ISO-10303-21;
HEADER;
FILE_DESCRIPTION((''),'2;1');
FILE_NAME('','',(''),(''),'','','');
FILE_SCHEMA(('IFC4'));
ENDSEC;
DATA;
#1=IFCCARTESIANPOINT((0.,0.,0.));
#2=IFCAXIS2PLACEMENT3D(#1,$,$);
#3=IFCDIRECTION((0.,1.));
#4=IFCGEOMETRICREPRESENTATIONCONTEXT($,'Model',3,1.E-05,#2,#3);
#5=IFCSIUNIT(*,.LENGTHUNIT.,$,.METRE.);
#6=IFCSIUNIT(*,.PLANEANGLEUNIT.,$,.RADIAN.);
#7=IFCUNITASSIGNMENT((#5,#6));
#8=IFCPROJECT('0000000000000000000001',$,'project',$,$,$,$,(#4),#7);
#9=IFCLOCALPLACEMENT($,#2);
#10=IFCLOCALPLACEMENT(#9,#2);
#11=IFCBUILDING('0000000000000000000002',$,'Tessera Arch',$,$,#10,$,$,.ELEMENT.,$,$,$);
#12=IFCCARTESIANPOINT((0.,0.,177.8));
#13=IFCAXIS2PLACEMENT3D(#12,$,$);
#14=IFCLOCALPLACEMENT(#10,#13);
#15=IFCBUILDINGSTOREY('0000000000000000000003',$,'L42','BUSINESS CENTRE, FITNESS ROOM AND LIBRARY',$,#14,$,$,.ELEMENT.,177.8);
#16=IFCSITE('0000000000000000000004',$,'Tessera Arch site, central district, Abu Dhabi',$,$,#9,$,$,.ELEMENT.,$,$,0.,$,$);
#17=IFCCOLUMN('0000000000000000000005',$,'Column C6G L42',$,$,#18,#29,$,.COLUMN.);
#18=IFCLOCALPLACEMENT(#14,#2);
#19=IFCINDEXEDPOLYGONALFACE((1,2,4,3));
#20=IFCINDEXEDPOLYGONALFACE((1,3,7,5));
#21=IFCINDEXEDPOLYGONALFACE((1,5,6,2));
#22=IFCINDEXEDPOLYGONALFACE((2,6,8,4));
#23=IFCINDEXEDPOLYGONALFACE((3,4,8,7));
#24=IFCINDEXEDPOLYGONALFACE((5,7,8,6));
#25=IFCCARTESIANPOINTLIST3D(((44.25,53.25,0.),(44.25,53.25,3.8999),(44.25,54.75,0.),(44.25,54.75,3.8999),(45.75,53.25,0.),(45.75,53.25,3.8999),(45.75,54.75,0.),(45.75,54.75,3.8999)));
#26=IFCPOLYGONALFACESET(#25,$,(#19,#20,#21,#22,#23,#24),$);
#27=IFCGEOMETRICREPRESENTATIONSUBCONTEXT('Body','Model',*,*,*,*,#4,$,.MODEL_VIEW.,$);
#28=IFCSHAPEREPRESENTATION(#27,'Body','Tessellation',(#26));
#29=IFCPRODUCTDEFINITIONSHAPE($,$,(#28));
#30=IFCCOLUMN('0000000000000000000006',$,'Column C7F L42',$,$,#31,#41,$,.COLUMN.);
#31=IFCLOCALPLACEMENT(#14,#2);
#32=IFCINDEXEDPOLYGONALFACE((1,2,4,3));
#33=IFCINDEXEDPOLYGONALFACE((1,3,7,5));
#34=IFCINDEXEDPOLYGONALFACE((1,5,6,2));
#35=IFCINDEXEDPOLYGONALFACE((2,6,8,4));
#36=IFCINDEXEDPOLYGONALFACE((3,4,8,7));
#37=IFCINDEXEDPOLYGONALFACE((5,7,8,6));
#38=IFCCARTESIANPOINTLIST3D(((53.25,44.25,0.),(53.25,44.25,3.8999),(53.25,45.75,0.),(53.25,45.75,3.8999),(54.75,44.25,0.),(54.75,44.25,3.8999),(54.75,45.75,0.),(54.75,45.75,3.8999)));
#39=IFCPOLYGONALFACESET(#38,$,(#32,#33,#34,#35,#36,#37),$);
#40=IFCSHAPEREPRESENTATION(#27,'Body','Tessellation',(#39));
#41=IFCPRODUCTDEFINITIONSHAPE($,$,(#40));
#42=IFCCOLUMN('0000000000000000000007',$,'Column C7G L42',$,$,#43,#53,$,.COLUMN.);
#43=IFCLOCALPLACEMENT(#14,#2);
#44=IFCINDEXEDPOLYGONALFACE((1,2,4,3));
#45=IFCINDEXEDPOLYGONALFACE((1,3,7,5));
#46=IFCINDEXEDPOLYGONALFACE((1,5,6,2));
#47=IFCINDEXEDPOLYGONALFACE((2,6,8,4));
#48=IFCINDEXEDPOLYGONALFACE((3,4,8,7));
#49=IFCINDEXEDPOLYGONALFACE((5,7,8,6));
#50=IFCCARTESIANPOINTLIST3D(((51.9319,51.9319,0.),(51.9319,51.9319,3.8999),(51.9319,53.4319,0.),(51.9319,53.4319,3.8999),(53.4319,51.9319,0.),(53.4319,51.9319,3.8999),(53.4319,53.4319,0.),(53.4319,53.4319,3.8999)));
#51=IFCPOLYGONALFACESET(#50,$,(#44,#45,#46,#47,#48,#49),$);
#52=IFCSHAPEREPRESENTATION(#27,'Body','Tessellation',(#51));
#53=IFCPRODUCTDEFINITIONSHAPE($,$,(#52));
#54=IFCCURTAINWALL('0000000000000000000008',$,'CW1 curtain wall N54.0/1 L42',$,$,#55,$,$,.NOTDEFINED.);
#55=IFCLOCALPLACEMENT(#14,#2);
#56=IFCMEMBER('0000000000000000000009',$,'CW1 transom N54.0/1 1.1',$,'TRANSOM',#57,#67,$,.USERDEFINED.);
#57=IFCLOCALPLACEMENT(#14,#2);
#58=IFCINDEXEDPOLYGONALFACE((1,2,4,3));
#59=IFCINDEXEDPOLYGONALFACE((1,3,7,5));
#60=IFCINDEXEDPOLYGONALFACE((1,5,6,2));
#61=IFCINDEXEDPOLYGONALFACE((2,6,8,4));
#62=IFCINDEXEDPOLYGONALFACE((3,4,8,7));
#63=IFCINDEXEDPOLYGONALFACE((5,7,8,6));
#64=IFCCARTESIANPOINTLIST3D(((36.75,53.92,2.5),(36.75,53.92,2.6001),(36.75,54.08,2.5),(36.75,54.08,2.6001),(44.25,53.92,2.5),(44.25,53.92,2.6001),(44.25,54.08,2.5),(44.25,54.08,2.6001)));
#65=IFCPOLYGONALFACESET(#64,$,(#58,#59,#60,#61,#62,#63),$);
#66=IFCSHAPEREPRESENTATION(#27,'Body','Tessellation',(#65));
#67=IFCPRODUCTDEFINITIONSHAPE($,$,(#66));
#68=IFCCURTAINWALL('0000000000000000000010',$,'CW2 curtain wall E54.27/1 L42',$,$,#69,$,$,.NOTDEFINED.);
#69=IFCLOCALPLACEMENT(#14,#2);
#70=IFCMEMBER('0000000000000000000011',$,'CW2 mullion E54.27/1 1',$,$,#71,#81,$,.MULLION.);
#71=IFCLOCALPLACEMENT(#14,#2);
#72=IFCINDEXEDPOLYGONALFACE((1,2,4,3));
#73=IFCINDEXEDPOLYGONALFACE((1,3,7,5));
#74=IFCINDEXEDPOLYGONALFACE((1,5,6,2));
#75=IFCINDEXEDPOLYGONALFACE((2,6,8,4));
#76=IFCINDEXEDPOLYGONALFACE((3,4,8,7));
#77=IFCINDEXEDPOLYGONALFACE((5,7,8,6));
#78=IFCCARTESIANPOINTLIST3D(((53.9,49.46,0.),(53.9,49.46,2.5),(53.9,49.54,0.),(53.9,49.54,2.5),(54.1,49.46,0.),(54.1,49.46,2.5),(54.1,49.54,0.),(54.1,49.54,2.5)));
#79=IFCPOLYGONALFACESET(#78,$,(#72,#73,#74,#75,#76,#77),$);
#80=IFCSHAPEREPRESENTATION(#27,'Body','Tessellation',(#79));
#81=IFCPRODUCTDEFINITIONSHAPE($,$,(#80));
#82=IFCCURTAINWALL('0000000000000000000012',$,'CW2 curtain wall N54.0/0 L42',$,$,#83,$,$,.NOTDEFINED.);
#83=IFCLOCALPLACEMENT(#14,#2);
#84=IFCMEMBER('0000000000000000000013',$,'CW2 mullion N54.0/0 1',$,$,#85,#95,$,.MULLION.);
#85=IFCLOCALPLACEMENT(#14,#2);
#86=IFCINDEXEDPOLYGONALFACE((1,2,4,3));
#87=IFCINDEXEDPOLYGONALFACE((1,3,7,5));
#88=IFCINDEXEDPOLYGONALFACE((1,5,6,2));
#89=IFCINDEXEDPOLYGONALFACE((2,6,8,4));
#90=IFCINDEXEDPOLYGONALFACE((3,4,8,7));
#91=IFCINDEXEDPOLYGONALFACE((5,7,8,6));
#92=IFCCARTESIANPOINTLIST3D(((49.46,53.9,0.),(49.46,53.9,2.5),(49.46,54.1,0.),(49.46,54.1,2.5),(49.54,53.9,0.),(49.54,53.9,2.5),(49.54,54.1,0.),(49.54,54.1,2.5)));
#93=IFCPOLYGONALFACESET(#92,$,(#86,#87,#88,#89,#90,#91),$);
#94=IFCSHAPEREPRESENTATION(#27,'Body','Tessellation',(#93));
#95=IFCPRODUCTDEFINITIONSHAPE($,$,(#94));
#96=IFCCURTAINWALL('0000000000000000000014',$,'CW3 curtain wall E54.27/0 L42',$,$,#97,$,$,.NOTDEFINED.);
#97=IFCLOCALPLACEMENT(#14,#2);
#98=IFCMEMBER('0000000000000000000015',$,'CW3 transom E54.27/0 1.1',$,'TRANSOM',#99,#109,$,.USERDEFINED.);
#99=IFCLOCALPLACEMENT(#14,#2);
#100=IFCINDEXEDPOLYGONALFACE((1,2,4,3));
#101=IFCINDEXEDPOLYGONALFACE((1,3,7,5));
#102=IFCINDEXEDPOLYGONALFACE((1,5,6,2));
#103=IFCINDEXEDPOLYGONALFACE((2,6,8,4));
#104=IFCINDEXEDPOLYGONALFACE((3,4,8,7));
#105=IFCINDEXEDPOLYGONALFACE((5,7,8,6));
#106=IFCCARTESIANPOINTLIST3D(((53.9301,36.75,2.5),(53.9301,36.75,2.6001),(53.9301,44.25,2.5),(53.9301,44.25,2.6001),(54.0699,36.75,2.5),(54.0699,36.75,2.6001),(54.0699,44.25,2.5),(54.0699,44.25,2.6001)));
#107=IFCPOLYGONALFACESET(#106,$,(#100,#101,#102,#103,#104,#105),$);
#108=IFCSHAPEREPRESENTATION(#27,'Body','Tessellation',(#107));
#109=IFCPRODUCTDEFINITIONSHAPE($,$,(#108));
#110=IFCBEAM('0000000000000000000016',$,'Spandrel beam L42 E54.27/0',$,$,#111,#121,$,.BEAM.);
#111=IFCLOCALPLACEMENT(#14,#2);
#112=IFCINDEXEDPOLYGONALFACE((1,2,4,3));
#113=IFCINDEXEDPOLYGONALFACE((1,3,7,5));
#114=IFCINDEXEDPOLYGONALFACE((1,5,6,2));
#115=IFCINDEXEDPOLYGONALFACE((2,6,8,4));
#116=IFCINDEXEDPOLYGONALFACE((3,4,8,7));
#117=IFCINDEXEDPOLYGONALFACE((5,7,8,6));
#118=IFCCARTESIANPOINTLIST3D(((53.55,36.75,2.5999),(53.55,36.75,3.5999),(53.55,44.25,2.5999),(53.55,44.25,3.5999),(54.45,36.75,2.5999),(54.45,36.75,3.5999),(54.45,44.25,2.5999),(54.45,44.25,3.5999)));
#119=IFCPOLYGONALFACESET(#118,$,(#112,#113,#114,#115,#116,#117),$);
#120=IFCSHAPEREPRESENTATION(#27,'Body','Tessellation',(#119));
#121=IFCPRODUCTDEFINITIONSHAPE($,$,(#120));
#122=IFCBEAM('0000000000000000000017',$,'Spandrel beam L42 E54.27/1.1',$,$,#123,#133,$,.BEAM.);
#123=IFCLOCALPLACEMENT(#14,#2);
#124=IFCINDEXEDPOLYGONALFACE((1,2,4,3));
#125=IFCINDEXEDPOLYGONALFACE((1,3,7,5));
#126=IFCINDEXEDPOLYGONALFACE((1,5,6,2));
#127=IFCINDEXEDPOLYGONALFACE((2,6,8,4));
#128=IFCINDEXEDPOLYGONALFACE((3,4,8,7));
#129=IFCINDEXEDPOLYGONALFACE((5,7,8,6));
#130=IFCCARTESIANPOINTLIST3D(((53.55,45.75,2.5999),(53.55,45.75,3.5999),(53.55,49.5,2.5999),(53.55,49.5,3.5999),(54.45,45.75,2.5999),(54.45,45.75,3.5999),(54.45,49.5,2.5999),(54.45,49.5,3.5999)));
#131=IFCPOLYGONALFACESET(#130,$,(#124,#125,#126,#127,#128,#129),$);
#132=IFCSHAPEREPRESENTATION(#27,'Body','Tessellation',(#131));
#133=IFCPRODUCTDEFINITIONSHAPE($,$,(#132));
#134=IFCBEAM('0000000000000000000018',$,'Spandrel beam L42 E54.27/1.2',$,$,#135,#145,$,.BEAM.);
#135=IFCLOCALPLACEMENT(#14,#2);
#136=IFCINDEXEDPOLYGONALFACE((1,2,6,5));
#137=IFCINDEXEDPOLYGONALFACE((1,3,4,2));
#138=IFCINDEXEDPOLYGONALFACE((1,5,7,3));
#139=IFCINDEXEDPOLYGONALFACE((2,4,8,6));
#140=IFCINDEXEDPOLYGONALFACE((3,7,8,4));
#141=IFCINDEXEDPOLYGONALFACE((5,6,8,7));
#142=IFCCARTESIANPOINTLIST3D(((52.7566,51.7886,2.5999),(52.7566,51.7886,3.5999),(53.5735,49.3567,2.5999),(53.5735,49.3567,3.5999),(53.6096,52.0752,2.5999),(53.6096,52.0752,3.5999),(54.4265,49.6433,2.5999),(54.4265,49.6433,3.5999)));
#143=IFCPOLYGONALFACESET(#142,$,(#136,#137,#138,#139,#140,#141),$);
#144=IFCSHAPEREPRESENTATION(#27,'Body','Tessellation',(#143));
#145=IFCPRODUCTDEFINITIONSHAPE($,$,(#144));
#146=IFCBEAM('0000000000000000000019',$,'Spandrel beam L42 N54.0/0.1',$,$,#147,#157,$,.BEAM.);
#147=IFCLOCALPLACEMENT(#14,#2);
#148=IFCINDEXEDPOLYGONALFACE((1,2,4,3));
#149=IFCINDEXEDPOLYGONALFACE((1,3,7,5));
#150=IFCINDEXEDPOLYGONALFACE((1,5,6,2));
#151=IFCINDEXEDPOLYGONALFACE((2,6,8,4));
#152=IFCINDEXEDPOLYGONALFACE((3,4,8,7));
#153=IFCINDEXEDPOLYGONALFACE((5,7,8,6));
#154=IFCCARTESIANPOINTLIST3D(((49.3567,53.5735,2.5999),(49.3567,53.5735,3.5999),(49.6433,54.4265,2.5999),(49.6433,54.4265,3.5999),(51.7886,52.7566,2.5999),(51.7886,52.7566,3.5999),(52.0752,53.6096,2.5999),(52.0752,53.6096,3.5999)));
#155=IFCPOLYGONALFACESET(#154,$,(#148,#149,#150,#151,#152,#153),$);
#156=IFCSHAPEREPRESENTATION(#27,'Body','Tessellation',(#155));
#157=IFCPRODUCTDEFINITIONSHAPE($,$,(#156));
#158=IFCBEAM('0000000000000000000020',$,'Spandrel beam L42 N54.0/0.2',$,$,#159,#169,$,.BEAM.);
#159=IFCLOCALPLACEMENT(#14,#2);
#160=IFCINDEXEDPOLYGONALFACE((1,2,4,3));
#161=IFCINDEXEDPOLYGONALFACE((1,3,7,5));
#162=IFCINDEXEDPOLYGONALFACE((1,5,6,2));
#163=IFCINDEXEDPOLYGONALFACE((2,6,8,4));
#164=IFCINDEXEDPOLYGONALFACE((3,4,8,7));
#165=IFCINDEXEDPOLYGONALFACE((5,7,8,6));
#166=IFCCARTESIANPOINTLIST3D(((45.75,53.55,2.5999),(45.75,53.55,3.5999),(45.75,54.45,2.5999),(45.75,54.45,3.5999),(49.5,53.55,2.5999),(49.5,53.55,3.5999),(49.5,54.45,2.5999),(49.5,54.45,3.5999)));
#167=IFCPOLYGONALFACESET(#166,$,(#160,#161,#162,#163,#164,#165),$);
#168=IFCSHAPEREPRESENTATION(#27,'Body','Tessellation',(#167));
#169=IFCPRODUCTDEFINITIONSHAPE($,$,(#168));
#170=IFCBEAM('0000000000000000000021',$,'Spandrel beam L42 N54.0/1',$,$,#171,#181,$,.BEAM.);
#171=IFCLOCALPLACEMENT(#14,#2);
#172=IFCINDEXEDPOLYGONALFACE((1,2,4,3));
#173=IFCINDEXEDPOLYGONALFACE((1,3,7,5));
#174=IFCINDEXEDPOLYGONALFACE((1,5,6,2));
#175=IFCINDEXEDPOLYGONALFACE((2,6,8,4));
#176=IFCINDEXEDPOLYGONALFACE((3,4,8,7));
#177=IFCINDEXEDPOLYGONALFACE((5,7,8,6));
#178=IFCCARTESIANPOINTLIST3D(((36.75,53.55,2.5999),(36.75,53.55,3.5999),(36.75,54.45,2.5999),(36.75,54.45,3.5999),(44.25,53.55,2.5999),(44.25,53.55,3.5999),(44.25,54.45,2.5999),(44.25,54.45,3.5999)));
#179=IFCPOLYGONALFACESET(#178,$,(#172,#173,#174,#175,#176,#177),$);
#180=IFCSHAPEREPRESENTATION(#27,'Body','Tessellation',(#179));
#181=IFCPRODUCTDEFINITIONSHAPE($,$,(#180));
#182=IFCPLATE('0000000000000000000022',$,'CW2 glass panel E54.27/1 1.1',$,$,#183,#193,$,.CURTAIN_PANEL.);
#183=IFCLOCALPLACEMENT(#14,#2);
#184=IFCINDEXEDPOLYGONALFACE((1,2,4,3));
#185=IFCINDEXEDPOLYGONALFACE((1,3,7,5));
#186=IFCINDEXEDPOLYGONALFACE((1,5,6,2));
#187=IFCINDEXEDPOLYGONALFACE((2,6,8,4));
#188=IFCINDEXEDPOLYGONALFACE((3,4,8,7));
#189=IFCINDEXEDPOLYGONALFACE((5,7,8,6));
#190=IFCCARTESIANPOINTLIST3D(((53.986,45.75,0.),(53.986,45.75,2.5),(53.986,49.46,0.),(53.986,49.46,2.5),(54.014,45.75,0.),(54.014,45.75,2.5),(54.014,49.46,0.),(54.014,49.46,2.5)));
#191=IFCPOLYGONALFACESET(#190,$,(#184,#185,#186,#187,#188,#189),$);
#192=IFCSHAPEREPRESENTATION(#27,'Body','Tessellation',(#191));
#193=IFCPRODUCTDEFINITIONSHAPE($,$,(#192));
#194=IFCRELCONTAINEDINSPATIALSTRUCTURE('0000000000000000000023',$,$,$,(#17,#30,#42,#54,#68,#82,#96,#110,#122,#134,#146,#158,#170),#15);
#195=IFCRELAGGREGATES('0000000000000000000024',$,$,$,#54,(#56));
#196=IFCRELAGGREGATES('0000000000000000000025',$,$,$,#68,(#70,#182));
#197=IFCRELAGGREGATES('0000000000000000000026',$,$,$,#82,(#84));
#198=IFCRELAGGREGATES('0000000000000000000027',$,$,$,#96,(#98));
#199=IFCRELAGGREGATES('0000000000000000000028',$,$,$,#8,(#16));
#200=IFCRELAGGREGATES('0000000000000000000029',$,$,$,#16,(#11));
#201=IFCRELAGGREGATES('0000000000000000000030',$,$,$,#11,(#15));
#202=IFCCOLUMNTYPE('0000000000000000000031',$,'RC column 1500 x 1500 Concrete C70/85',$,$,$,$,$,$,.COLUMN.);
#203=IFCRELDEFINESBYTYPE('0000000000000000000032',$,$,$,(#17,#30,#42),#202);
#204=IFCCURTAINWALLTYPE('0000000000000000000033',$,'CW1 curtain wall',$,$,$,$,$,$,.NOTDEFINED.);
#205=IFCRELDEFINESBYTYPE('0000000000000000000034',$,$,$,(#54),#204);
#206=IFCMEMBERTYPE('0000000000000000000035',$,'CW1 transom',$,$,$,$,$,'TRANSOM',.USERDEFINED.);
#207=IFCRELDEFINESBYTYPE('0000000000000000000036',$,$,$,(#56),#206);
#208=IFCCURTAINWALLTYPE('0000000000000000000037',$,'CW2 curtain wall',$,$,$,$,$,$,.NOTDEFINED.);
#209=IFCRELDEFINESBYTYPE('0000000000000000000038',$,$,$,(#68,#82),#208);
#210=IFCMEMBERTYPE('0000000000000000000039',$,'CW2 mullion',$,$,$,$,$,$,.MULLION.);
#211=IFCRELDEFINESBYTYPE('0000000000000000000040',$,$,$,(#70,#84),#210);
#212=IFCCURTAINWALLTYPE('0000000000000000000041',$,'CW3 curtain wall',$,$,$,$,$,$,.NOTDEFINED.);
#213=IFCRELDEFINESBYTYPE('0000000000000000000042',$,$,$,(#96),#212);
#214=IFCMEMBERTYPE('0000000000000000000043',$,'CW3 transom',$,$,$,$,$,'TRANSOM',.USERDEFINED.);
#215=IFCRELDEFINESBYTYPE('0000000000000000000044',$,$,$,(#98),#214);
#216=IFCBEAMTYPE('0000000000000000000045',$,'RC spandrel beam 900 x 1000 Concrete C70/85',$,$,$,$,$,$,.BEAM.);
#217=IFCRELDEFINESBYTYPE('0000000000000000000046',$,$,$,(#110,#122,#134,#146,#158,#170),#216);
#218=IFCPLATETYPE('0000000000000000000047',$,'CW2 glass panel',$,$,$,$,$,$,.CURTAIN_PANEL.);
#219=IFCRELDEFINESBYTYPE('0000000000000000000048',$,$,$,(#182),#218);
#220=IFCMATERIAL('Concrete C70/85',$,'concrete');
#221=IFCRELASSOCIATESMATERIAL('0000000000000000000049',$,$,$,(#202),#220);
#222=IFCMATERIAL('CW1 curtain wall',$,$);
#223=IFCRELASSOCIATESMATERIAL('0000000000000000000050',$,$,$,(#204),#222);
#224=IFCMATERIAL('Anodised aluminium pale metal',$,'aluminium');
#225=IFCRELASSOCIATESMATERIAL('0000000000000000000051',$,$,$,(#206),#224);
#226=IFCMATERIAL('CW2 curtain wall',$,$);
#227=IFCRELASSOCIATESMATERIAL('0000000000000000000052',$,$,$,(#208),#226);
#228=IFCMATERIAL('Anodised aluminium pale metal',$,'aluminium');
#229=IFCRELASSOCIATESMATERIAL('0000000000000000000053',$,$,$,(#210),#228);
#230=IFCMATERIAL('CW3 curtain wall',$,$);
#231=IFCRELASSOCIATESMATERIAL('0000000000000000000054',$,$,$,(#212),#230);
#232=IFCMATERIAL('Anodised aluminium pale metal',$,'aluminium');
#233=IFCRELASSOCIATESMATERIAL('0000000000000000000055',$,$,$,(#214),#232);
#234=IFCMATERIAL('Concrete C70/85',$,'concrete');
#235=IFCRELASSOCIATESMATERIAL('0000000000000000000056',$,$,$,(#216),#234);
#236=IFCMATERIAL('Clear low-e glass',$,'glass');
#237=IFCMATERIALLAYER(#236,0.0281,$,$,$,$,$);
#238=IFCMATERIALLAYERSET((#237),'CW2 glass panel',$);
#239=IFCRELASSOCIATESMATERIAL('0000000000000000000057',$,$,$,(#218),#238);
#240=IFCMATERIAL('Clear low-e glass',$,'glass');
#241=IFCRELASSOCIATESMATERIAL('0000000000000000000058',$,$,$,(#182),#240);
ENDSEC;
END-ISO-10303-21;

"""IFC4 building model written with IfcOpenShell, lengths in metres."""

from ifc_helpers import new_model, si_unit, direction, frame, origin, origin_2d, place, context, subcontext, project, spatial, rectangle, extrude, material, layer, layer_set, material_profile, profile_set, type_object, element, aggregate, save


model = new_model("IFC4")

# Units and contexts
model_context = context("Model", 3, precision=1e-05, world=origin(), true_north=direction((0.0, 1.0)))
body_context = subcontext(model_context, "Body", "Model", "MODEL_VIEW")
ifc_project = project(units=[si_unit("LENGTHUNIT", "METRE"), si_unit("PLANEANGLEUNIT", "RADIAN")], contexts=[model_context])

# Site, building, storey
site_placement = place(None, origin())
site = spatial("IfcSite", under=ifc_project, at=site_placement, Name="Tessera Arch site, central district, Abu Dhabi", CompositionType="ELEMENT", RefElevation=0.0)
building_placement = place(site_placement, origin())
building = spatial("IfcBuilding", under=site, at=building_placement, Name="Tessera Arch", CompositionType="ELEMENT")
storey_placement = place(building_placement, frame((0.0, 0.0, 177.8)))
storey = spatial("IfcBuildingStorey", under=building, at=storey_placement, Name="L42", Description="BUSINESS CENTRE, FITNESS ROOM AND LIBRARY", CompositionType="ELEMENT", Elevation=177.8)

# Columns
ifc_material_1 = material(Name="Concrete C70/85", Category="concrete")
ifc_material_profile_1 = material_profile(ifc_material_1, rectangle(XDim=1.5, YDim=1.5, at=origin_2d()), Name="RC column 1500 x 1500 Concrete C70/85")
ifc_profile_set_1 = profile_set([ifc_material_profile_1], Name="Concrete C70/85")
column_type = type_object("IfcColumnType", Name="RC column 1500 x 1500 Concrete C70/85", PredefinedType="COLUMN", material=ifc_profile_set_1)
for number, where, z_axis, x_axis, name in (
    (1, (45.0, 54.0, 0.0), (0.0, 0.0, 1.0), (1.0, 0.0, 0.0), "Column C6G L42"),
    (2, (54.0, 45.0, 0.0), (0.0, 0.0, 1.0), (1.0, 0.0, 0.0), "Column C7F L42"),
    (3, (52.6819, 52.6819, 0.0), (0.0, 0.0, 1.0), (1.0, 0.0, 0.0), "Column C7G L42"),
):
    element("IfcColumn", number, at=place(storey_placement, frame(where, z_axis=z_axis, x_axis=x_axis)), inside=storey, type_object=column_type, Name=name, PredefinedType="COLUMN", context=body_context, shape_type="SweptSolid", body=[
        extrude(rectangle(XDim=1.5, YDim=1.5, at=origin_2d()), origin(), (0.0, 0.0, 1.0), 3.8999),
    ])

# Curtain walls, members
ifc_material_2 = material(Name="CW1 curtain wall")
curtain_wall_type_1 = type_object("IfcCurtainWallType", Name="CW1 curtain wall", PredefinedType="NOTDEFINED", material=ifc_material_2)
curtain_wall_1_placement = place(storey_placement, origin())
curtain_wall_1 = element("IfcCurtainWall", 4, at=curtain_wall_1_placement, inside=storey, type_object=curtain_wall_type_1, Name="CW1 curtain wall N54.0/1 L42", PredefinedType="NOTDEFINED")
ifc_material_3 = material(Name="Anodised aluminium pale metal", Category="aluminium")
ifc_material_profile_2 = material_profile(ifc_material_3, rectangle(XDim=0.1599, YDim=0.1001, at=origin_2d()), Name="AL 160x100")
ifc_profile_set_2 = profile_set([ifc_material_profile_2], Name="Anodised aluminium pale metal")
member_type_1 = type_object("IfcMemberType", Name="CW1 transom", ElementType="TRANSOM", PredefinedType="USERDEFINED", material=ifc_profile_set_2)
member_1_placement = place(storey_placement, frame((44.25, 54.0, 2.55), z_axis=(-1.0, 0.0, 0.0), x_axis=(0.0, -1.0, 0.0)))
member_1 = element("IfcMember", 5, at=member_1_placement, type_object=member_type_1, Name="CW1 transom N54.0/1 1.1", ObjectType="TRANSOM", PredefinedType="USERDEFINED", context=body_context, shape_type="SweptSolid", body=[
    extrude(rectangle(XDim=0.1599, YDim=0.1001, at=origin_2d()), origin(), (0.0, 0.0, 1.0), 7.5),
])
aggregate(curtain_wall_1, [member_1])
ifc_material_4 = material(Name="CW2 curtain wall")
curtain_wall_type_2 = type_object("IfcCurtainWallType", Name="CW2 curtain wall", PredefinedType="NOTDEFINED", material=ifc_material_4)
curtain_wall_2_placement = place(storey_placement, origin())
curtain_wall_2 = element("IfcCurtainWall", 6, at=curtain_wall_2_placement, inside=storey, type_object=curtain_wall_type_2, Name="CW2 curtain wall E54.27/1 L42", PredefinedType="NOTDEFINED")
ifc_material_5 = material(Name="Anodised aluminium pale metal", Category="aluminium")
ifc_material_profile_3 = material_profile(ifc_material_5, rectangle(XDim=0.2, YDim=0.0801, at=origin_2d()), Name="AL 80x200")
ifc_profile_set_3 = profile_set([ifc_material_profile_3], Name="Anodised aluminium pale metal")
member_type_2 = type_object("IfcMemberType", Name="CW2 mullion", PredefinedType="MULLION", material=ifc_profile_set_3)
member_2_placement = place(storey_placement, frame((54.0, 49.5, 0.0), z_axis=(0.0, 0.0, 1.0), x_axis=(-1.0, 0.0, 0.0)))
member_2 = element("IfcMember", 7, at=member_2_placement, type_object=member_type_2, Name="CW2 mullion E54.27/1 1", PredefinedType="MULLION", context=body_context, shape_type="SweptSolid", body=[
    extrude(rectangle(XDim=0.2, YDim=0.0801, at=origin_2d()), origin(), (0.0, 0.0, 1.0), 2.5),
])
curtain_wall_3_placement = place(storey_placement, origin())
curtain_wall_3 = element("IfcCurtainWall", 8, at=curtain_wall_3_placement, inside=storey, type_object=curtain_wall_type_2, Name="CW2 curtain wall N54.0/0 L42", PredefinedType="NOTDEFINED")
member_3_placement = place(storey_placement, frame((49.5, 54.0, 0.0), z_axis=(0.0, 0.0, 1.0), x_axis=(0.0, -1.0, 0.0)))
member_3 = element("IfcMember", 9, at=member_3_placement, type_object=member_type_2, Name="CW2 mullion N54.0/0 1", PredefinedType="MULLION", context=body_context, shape_type="SweptSolid", body=[
    extrude(rectangle(XDim=0.2, YDim=0.0801, at=origin_2d()), origin(), (0.0, 0.0, 1.0), 2.5),
])
ifc_material_6 = material(Name="CW3 curtain wall")
curtain_wall_type_3 = type_object("IfcCurtainWallType", Name="CW3 curtain wall", PredefinedType="NOTDEFINED", material=ifc_material_6)
curtain_wall_4_placement = place(storey_placement, origin())
curtain_wall_4 = element("IfcCurtainWall", 10, at=curtain_wall_4_placement, inside=storey, type_object=curtain_wall_type_3, Name="CW3 curtain wall E54.27/0 L42", PredefinedType="NOTDEFINED")
ifc_material_7 = material(Name="Anodised aluminium pale metal", Category="aluminium")
ifc_material_profile_4 = material_profile(ifc_material_7, rectangle(XDim=0.1399, YDim=0.1001, at=origin_2d()), Name="AL 140x100")
ifc_profile_set_4 = profile_set([ifc_material_profile_4], Name="Anodised aluminium pale metal")
member_type_3 = type_object("IfcMemberType", Name="CW3 transom", ElementType="TRANSOM", PredefinedType="USERDEFINED", material=ifc_profile_set_4)
member_4_placement = place(storey_placement, frame((54.0, 36.75, 2.55), z_axis=(0.0, 1.0, 0.0), x_axis=(-1.0, 0.0, 0.0)))
member_4 = element("IfcMember", 11, at=member_4_placement, type_object=member_type_3, Name="CW3 transom E54.27/0 1.1", ObjectType="TRANSOM", PredefinedType="USERDEFINED", context=body_context, shape_type="SweptSolid", body=[
    extrude(rectangle(XDim=0.1399, YDim=0.1001, at=origin_2d()), origin(), (0.0, 0.0, 1.0), 7.5),
])

# Beams
ifc_material_8 = material(Name="Concrete C70/85", Category="concrete")
ifc_material_profile_5 = material_profile(ifc_material_8, rectangle(XDim=0.8999, YDim=1.0, at=origin_2d()), Name="RC spandrel beam 900 x 1000 Concrete C70/85")
ifc_profile_set_5 = profile_set([ifc_material_profile_5], Name="Concrete C70/85")
beam_type = type_object("IfcBeamType", Name="RC spandrel beam 900 x 1000 Concrete C70/85", PredefinedType="BEAM", material=ifc_profile_set_5)
beam_1_placement = place(storey_placement, frame((54.0, 36.75, 3.0999), z_axis=(0.0, 1.0, 0.0), x_axis=(-1.0, 0.0, 0.0)))
element("IfcBeam", 12, at=beam_1_placement, inside=storey, type_object=beam_type, Name="Spandrel beam L42 E54.27/0", PredefinedType="BEAM", context=body_context, shape_type="SweptSolid", body=[
    extrude(rectangle(XDim=0.8999, YDim=1.0, at=origin_2d()), origin(), (0.0, 0.0, 1.0), 7.5),
])
beam_2_placement = place(storey_placement, frame((54.0, 45.75, 3.0999), z_axis=(0.0, 1.0, 0.0), x_axis=(-1.0, 0.0, 0.0)))
element("IfcBeam", 13, at=beam_2_placement, inside=storey, type_object=beam_type, Name="Spandrel beam L42 E54.27/1.1", PredefinedType="BEAM", context=body_context, shape_type="SweptSolid", body=[
    extrude(rectangle(XDim=0.8999, YDim=1.0, at=origin_2d()), origin(), (0.0, 0.0, 1.0), 3.75),
])
for number, where, z_axis, x_axis, name in (
    (14, (54.0, 49.5, 3.0999), (-0.318425, 0.947948, 0.0), (-0.947948, -0.318425, 0.0), "Spandrel beam L42 E54.27/1.2"),
    (15, (51.9319, 53.1831, 3.0999), (-0.947948, 0.318425, 0.0), (-0.318425, -0.947948, 0.0), "Spandrel beam L42 N54.0/0.1"),
):
    element("IfcBeam", number, at=place(storey_placement, frame(where, z_axis=z_axis, x_axis=x_axis)), inside=storey, type_object=beam_type, Name=name, PredefinedType="BEAM", context=body_context, shape_type="SweptSolid", body=[
        extrude(rectangle(XDim=0.8999, YDim=1.0, at=origin_2d()), origin(), (0.0, 0.0, 1.0), 2.5654),
    ])
beam_3_placement = place(storey_placement, frame((49.5, 54.0, 3.0999), z_axis=(-1.0, 0.0, 0.0), x_axis=(0.0, -1.0, 0.0)))
element("IfcBeam", 16, at=beam_3_placement, inside=storey, type_object=beam_type, Name="Spandrel beam L42 N54.0/0.2", PredefinedType="BEAM", context=body_context, shape_type="SweptSolid", body=[
    extrude(rectangle(XDim=0.8999, YDim=1.0, at=origin_2d()), origin(), (0.0, 0.0, 1.0), 3.75),
])
beam_4_placement = place(storey_placement, frame((44.25, 54.0, 3.0999), z_axis=(-1.0, 0.0, 0.0), x_axis=(0.0, -1.0, 0.0)))
element("IfcBeam", 17, at=beam_4_placement, inside=storey, type_object=beam_type, Name="Spandrel beam L42 N54.0/1", PredefinedType="BEAM", context=body_context, shape_type="SweptSolid", body=[
    extrude(rectangle(XDim=0.8999, YDim=1.0, at=origin_2d()), origin(), (0.0, 0.0, 1.0), 7.5),
])

# Plate
ifc_material_9 = material(Name="Clear low-e glass", Category="glass")
ifc_material_10 = material(Name="Clear low-e glass", Category="glass")
ifc_layer_1 = layer(ifc_material_10, 0.0281)
ifc_layer_set_1 = layer_set([ifc_layer_1], Name="CW2 glass panel")
plate_type_1 = type_object("IfcPlateType", Name="CW2 glass panel", PredefinedType="CURTAIN_PANEL", material=ifc_layer_set_1)
plate_1_placement = place(storey_placement, frame((54.0, 47.605, 0.0), z_axis=(0.0, 0.0, 1.0), x_axis=(0.0, 1.0, 0.0)))
plate_1 = element("IfcPlate", 18, at=plate_1_placement, type_object=plate_type_1, material=ifc_material_9, Name="CW2 glass panel E54.27/1 1.1", PredefinedType="CURTAIN_PANEL", context=body_context, shape_type="SweptSolid", body=[
    extrude(rectangle(XDim=3.71, YDim=0.0281, at=origin_2d()), origin(), (0.0, 0.0, 1.0), 2.5),
])
aggregate(curtain_wall_2, [member_2, plate_1])
aggregate(curtain_wall_3, [member_3])
aggregate(curtain_wall_4, [member_4])

save(model, "model.ifc")
